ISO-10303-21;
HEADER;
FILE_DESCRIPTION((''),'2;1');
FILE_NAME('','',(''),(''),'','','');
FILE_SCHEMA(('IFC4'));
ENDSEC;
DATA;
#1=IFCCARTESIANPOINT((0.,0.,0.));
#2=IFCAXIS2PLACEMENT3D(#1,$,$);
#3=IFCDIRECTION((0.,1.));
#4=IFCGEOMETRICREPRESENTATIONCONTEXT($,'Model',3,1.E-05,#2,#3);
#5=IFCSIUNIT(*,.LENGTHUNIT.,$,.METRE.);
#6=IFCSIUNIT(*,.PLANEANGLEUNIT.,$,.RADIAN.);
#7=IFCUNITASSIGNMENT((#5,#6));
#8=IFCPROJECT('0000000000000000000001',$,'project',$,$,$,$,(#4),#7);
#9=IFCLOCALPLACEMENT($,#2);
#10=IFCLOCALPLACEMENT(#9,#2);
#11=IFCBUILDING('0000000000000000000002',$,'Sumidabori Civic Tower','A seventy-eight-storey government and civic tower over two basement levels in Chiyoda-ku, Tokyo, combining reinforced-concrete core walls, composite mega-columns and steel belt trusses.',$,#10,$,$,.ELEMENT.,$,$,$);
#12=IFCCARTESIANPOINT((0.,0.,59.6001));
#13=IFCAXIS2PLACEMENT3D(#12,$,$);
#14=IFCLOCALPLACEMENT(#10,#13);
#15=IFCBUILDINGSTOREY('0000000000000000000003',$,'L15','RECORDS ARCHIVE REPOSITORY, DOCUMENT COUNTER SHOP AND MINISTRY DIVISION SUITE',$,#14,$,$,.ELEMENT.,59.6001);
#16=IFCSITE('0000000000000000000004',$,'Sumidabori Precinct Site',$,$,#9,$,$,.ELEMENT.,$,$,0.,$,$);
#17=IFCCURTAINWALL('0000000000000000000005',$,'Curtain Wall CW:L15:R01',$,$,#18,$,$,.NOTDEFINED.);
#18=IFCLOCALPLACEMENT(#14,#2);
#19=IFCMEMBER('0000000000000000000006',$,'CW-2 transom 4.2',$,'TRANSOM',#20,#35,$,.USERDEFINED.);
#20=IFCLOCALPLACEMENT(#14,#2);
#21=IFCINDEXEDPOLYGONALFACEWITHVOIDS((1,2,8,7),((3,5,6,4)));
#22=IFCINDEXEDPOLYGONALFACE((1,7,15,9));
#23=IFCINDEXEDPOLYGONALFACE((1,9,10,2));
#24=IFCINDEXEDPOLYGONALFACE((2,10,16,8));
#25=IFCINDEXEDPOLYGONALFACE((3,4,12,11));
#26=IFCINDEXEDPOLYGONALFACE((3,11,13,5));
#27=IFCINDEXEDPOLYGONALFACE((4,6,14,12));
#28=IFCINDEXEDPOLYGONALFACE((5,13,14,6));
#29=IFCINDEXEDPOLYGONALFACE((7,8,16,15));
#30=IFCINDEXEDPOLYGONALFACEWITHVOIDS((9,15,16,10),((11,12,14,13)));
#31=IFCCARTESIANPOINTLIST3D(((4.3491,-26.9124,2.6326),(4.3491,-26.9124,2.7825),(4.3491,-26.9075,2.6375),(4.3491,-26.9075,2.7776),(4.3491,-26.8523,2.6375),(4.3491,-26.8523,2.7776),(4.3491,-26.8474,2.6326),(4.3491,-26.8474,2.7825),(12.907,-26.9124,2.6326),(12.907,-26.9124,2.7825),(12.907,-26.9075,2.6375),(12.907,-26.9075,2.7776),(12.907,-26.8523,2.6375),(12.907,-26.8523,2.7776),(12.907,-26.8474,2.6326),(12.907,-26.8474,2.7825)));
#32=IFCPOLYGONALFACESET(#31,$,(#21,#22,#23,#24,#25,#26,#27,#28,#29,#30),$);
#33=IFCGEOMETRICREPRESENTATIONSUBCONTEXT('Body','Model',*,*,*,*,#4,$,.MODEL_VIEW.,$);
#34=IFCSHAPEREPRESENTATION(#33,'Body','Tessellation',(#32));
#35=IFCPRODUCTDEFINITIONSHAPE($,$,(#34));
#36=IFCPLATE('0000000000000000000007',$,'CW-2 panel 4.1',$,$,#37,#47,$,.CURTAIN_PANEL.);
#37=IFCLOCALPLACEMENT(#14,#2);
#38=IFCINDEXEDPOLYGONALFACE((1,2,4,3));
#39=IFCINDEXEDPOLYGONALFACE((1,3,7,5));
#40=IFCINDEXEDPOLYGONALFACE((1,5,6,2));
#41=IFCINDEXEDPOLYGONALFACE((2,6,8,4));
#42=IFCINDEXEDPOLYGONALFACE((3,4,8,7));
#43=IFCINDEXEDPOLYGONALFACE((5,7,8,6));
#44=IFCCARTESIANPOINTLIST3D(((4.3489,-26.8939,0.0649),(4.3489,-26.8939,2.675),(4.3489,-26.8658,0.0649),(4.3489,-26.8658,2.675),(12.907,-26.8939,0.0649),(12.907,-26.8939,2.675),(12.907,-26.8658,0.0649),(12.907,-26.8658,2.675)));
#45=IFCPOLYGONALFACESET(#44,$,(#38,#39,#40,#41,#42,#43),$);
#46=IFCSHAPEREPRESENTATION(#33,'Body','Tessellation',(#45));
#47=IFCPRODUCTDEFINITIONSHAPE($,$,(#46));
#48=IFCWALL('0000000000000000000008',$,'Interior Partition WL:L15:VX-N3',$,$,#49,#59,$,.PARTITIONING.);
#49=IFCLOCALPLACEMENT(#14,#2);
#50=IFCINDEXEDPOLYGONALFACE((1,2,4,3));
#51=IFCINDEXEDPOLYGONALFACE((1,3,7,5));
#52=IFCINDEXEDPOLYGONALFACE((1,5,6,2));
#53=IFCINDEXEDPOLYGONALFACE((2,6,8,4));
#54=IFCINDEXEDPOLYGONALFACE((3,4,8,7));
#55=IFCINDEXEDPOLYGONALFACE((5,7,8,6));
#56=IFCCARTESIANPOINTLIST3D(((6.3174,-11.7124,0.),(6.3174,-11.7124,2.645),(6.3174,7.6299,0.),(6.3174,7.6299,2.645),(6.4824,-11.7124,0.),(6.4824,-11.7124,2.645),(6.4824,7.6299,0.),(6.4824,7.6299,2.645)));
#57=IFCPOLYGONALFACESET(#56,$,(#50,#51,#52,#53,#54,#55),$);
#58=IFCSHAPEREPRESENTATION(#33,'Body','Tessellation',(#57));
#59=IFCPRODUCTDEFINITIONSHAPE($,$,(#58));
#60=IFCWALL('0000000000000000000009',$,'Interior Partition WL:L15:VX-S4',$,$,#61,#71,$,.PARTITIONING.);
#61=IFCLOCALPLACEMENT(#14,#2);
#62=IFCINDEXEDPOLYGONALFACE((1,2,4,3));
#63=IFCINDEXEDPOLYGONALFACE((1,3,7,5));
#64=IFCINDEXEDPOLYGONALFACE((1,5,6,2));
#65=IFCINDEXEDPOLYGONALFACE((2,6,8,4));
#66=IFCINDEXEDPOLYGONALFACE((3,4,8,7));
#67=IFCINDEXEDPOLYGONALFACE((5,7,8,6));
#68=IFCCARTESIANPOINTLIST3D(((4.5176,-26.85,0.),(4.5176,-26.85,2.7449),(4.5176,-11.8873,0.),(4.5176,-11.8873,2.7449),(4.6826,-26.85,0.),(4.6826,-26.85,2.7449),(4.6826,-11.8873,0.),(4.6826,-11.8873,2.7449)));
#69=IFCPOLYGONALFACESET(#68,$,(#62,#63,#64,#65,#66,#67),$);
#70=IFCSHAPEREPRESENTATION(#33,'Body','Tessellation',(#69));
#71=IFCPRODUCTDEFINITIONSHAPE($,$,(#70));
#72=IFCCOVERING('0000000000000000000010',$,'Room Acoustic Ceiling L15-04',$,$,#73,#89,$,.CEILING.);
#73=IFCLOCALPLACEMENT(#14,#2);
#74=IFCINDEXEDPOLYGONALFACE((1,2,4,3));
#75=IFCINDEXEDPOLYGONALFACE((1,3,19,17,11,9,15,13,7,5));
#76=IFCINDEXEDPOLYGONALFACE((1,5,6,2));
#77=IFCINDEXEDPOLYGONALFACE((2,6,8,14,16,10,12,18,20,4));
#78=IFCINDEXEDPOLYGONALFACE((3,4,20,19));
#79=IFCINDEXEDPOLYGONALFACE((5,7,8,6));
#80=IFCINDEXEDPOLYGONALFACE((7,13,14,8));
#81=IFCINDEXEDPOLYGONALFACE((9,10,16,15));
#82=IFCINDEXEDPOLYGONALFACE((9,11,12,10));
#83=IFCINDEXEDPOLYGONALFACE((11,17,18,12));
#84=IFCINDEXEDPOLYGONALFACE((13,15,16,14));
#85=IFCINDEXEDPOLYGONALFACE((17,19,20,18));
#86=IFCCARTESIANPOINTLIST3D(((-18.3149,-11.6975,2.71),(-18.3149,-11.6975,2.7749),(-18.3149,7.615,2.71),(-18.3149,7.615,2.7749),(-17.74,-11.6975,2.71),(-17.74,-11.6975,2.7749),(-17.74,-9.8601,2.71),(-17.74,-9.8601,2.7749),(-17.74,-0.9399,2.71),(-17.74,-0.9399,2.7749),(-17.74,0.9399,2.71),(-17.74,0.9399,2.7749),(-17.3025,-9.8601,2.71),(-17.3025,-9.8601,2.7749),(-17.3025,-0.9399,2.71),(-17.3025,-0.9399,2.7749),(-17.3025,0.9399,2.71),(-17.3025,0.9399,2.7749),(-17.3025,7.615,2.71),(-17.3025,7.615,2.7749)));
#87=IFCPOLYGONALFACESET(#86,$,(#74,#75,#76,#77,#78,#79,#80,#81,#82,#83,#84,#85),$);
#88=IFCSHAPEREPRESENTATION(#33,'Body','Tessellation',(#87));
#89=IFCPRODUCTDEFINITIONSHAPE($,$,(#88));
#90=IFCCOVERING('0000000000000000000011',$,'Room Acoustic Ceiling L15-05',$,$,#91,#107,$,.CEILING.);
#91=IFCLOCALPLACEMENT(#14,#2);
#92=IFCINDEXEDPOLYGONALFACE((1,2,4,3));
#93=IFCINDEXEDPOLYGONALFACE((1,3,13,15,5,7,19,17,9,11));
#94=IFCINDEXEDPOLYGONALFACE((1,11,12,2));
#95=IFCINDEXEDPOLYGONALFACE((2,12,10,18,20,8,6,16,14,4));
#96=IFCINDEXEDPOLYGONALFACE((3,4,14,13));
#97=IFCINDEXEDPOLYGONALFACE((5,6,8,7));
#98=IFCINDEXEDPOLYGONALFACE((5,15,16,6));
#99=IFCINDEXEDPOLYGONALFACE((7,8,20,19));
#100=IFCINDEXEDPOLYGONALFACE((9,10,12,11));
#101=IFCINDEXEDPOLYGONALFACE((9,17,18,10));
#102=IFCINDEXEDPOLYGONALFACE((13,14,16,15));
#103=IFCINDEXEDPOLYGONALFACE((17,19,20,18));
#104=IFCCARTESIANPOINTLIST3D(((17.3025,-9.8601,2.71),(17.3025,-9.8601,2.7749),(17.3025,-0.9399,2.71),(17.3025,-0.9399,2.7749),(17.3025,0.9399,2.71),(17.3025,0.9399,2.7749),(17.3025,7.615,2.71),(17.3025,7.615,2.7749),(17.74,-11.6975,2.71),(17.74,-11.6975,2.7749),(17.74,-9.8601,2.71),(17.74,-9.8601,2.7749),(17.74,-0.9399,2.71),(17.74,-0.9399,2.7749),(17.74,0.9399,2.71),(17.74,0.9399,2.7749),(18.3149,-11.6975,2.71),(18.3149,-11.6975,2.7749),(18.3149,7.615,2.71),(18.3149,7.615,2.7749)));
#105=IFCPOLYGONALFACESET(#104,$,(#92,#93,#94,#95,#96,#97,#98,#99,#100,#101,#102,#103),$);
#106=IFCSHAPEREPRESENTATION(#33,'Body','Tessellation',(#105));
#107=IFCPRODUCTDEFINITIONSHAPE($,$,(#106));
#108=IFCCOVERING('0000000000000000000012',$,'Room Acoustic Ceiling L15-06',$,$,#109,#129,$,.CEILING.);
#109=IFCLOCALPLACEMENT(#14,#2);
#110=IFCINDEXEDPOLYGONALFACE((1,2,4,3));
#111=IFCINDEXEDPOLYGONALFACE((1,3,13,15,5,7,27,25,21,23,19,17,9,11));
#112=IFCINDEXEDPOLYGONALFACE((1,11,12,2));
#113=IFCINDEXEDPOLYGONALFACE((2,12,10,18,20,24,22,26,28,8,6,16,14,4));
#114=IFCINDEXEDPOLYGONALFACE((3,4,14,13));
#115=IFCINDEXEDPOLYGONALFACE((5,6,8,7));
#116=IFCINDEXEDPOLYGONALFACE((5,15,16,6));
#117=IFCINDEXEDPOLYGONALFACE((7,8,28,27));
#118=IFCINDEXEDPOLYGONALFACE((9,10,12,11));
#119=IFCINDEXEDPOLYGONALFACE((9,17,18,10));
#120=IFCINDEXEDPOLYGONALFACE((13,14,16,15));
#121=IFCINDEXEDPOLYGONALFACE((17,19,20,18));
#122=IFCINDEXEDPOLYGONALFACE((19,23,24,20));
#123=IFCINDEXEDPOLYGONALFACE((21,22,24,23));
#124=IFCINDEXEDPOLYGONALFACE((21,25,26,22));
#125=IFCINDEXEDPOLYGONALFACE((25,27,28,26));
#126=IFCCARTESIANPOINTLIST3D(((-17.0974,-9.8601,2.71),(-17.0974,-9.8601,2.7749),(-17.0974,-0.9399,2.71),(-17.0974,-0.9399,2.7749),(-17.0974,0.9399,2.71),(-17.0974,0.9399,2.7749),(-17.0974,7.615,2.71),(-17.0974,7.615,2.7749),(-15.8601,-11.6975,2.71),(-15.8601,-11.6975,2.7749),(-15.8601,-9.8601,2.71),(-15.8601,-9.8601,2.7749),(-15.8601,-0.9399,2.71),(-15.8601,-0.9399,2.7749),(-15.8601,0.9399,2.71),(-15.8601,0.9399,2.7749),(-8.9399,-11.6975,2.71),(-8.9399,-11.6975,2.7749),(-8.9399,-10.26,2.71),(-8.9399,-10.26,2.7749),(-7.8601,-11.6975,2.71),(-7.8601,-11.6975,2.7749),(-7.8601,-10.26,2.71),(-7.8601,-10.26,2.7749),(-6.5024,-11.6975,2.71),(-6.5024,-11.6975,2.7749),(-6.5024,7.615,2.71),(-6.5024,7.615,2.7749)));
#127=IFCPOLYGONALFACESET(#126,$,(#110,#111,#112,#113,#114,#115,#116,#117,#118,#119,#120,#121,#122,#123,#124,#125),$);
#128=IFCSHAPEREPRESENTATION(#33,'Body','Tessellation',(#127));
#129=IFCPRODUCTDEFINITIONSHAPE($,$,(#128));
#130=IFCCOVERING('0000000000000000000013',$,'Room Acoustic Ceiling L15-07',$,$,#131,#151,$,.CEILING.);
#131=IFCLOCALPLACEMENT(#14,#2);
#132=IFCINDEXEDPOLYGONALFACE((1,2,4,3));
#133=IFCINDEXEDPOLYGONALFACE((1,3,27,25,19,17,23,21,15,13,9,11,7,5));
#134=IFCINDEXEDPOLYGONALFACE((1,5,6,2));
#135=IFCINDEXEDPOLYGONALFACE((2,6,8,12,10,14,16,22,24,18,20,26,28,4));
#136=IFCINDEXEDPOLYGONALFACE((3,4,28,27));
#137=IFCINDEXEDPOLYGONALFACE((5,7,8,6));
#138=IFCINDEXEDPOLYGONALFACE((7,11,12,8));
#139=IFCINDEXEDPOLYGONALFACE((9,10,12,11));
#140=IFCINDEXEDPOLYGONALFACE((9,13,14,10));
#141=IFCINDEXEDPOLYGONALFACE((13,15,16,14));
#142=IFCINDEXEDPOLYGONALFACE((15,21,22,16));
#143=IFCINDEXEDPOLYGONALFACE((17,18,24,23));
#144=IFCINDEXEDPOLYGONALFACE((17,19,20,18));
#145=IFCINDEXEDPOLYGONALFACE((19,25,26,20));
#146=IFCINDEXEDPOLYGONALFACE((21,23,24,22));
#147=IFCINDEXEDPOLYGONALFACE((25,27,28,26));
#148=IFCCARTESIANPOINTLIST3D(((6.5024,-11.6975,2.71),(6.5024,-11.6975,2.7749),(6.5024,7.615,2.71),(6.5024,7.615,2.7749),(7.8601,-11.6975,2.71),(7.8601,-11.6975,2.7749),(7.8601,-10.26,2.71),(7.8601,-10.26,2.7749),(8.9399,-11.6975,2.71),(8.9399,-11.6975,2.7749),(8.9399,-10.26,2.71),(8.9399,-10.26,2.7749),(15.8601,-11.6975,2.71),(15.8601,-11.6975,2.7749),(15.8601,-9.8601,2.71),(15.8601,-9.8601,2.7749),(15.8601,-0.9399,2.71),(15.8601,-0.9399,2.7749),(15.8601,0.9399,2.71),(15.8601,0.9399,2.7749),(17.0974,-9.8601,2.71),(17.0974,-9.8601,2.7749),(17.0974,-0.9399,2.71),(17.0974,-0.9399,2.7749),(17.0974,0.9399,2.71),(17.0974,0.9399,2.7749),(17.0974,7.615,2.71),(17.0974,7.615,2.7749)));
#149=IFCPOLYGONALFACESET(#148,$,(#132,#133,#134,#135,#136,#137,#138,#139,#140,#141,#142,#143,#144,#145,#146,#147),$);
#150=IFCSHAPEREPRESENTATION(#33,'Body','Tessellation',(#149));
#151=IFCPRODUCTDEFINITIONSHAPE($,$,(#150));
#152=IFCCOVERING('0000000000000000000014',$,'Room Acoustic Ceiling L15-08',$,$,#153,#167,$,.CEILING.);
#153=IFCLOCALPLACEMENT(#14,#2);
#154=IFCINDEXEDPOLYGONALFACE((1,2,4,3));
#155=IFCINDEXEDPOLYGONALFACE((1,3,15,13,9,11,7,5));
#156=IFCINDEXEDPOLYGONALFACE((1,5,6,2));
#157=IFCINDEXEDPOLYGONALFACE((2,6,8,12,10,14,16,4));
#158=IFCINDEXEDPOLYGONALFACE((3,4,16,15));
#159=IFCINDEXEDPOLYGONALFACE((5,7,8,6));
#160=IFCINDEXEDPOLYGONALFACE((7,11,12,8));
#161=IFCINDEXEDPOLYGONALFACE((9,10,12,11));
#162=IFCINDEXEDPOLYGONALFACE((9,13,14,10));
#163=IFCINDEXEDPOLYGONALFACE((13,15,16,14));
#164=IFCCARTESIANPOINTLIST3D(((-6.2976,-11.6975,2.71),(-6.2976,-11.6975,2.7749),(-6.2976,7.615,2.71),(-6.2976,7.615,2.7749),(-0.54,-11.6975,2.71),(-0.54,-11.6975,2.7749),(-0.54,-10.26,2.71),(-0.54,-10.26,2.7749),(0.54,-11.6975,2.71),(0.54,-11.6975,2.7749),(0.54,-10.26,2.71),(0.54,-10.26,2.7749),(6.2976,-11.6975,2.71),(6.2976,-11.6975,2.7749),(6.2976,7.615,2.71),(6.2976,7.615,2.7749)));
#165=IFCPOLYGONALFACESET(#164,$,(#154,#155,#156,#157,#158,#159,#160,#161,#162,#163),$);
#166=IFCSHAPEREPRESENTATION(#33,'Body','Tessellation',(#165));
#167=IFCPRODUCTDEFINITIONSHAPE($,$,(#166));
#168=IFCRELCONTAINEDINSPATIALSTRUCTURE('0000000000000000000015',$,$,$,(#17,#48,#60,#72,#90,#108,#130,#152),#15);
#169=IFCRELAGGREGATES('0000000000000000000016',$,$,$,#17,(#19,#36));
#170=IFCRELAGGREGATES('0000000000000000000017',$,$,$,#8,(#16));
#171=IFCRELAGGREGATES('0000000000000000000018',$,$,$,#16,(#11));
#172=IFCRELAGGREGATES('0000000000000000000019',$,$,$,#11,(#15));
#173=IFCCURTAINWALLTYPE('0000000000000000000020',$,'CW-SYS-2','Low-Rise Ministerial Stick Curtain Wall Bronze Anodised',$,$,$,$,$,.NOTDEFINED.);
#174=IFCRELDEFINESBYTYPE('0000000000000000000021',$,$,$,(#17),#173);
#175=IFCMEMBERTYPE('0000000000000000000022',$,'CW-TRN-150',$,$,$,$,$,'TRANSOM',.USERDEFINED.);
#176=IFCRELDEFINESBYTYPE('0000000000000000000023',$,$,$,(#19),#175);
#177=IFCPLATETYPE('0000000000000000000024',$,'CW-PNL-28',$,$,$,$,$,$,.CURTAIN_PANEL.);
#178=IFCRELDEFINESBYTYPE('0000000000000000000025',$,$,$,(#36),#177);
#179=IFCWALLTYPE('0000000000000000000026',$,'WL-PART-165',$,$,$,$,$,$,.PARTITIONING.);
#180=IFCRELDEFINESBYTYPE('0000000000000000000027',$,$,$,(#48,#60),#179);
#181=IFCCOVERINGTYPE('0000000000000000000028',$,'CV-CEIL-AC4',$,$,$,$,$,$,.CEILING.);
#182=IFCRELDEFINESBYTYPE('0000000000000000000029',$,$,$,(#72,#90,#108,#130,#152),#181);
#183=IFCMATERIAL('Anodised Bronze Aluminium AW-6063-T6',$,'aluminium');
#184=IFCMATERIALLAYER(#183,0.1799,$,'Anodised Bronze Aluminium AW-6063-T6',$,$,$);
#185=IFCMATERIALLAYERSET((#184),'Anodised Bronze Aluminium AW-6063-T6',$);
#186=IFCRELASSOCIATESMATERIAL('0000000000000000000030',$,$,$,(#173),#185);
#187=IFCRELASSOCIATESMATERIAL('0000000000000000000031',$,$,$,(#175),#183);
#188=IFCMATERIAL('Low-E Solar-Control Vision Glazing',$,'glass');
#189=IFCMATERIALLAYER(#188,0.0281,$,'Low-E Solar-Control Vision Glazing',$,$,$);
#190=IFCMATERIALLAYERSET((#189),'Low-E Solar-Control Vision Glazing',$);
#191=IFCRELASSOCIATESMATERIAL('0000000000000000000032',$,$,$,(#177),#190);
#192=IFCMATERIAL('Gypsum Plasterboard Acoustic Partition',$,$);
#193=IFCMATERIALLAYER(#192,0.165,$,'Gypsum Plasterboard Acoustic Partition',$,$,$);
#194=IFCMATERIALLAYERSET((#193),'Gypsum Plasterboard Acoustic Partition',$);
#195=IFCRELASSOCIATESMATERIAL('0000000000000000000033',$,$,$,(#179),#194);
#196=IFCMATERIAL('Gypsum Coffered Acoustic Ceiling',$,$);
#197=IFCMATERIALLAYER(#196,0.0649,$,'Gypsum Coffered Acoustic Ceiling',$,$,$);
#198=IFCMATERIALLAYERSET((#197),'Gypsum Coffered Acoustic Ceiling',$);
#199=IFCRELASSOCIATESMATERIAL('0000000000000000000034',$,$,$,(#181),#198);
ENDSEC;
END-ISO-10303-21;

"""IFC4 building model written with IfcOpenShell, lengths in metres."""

from ifc_helpers import new_model, si_unit, direction, frame, frame_2d, origin, origin_2d, place, context, subcontext, project, spatial, polyline, rectangle, hollow_rectangle, outline, extrude, source, transform, mapped, material, layer, layer_set, material_profile, profile_set, type_object, element, aggregate, save


model = new_model("IFC4")

# Units and contexts
model_context = context("Model", 3, precision=1e-05, world=origin(), true_north=direction((0.0, 1.0)))
body_context = subcontext(model_context, "Body", "Model", "MODEL_VIEW")
ifc_project = project(units=[si_unit("LENGTHUNIT", "METRE"), si_unit("PLANEANGLEUNIT", "RADIAN")], contexts=[model_context])

# Site, building, storey
site_placement = place(None, origin())
site = spatial("IfcSite", under=ifc_project, at=site_placement, Name="Sumidabori Precinct Site", CompositionType="ELEMENT", RefElevation=0.0)
building_placement = place(site_placement, origin())
building = spatial("IfcBuilding", under=site, at=building_placement, Name="Sumidabori Civic Tower", Description="A seventy-eight-storey government and civic tower over two basement levels in Chiyoda-ku, Tokyo, combining reinforced-concrete core walls, composite mega-columns and steel belt trusses.", CompositionType="ELEMENT")
storey_placement = place(building_placement, frame((0.0, 0.0, 59.6001)))
storey = spatial("IfcBuildingStorey", under=building, at=storey_placement, Name="L15", Description="RECORDS ARCHIVE REPOSITORY, DOCUMENT COUNTER SHOP AND MINISTRY DIVISION SUITE", CompositionType="ELEMENT", Elevation=59.6001)

# Curtain wall, member, plate
ifc_material_1 = material(Name="Anodised Bronze Aluminium AW-6063-T6", Category="aluminium")
ifc_layer_1 = layer(ifc_material_1, 0.1799, Name="Anodised Bronze Aluminium AW-6063-T6")
ifc_layer_set_1 = layer_set([ifc_layer_1], Name="Anodised Bronze Aluminium AW-6063-T6")
curtain_wall_type = type_object("IfcCurtainWallType", Name="CW-SYS-2", Description="Low-Rise Ministerial Stick Curtain Wall Bronze Anodised", PredefinedType="NOTDEFINED", material=ifc_layer_set_1)
curtain_wall_placement = place(storey_placement, origin())
curtain_wall = element("IfcCurtainWall", 1, at=curtain_wall_placement, inside=storey, type_object=curtain_wall_type, Name="Curtain Wall CW:L15:R01", PredefinedType="NOTDEFINED")
ifc_material_profile_1 = material_profile(ifc_material_1, hollow_rectangle(XDim=0.0649, YDim=0.1499, WallThickness=0.0049, at=origin_2d()), Name="ALU TRANSOM 150x65")
ifc_profile_set_1 = profile_set([ifc_material_profile_1], Name="Anodised Bronze Aluminium AW-6063-T6")
member_type_1 = type_object("IfcMemberType", Name="CW-TRN-150", ElementType="TRANSOM", PredefinedType="USERDEFINED", material=ifc_profile_set_1)
shared_shape_1 = source(origin(), body_context, "Body", "SweptSolid", [
    extrude(hollow_rectangle(XDim=0.0649, YDim=0.1499, WallThickness=0.0049, at=origin_2d()), origin(), (0.0, 0.0, 1.0), 8.5579),
])
member_1_placement = place(storey_placement, frame((4.3491, -26.8799, 2.7075), z_axis=(1.0, 0.0, 0.0), x_axis=(0.0, 1.0, 0.0)))
member_1 = element("IfcMember", 2, at=member_1_placement, type_object=member_type_1, Name="CW-2 transom 4.2", ObjectType="TRANSOM", PredefinedType="USERDEFINED", context=body_context, shape_type="MappedRepresentation", body=[
    mapped(shared_shape_1, transform((0.0, 0.0, 0.0), x_axis=(1.0, 0.0, 0.0), y_axis=(0.0, 1.0, 0.0), z_axis=(0.0, 0.0, 1.0), scale=1.0)),
])
ifc_material_2 = material(Name="Low-E Solar-Control Vision Glazing", Category="glass")
ifc_layer_2 = layer(ifc_material_2, 0.0281, Name="Low-E Solar-Control Vision Glazing")
ifc_layer_set_2 = layer_set([ifc_layer_2], Name="Low-E Solar-Control Vision Glazing")
plate_type = type_object("IfcPlateType", Name="CW-PNL-28", PredefinedType="CURTAIN_PANEL", material=ifc_layer_set_2)
shared_shape_2 = source(origin(), body_context, "Body", "SweptSolid", [
    extrude(rectangle(XDim=8.5581, YDim=0.0281, at=origin_2d()), origin(), (0.0, 0.0, 1.0), 2.6101),
])
plate_placement = place(storey_placement, frame((8.6279, -26.8799, 0.0649), z_axis=(0.0, 0.0, 1.0), x_axis=(1.0, 0.0, 0.0)))
plate = element("IfcPlate", 3, at=plate_placement, type_object=plate_type, Name="CW-2 panel 4.1", PredefinedType="CURTAIN_PANEL", context=body_context, shape_type="MappedRepresentation", body=[
    mapped(shared_shape_2, transform((0.0, 0.0, 0.0), x_axis=(1.0, 0.0, 0.0), y_axis=(0.0, 1.0, 0.0), z_axis=(0.0, 0.0, 1.0), scale=1.0)),
])
aggregate(curtain_wall, [member_1, plate])

# Walls
ifc_material_3 = material(Name="Gypsum Plasterboard Acoustic Partition")
ifc_layer_3 = layer(ifc_material_3, 0.165, Name="Gypsum Plasterboard Acoustic Partition")
ifc_layer_set_3 = layer_set([ifc_layer_3], Name="Gypsum Plasterboard Acoustic Partition")
wall_type = type_object("IfcWallType", Name="WL-PART-165", PredefinedType="PARTITIONING", material=ifc_layer_set_3)
shared_shape_3 = source(origin(), body_context, "Body", "SweptSolid", [
    extrude(rectangle(XDim=19.3423, YDim=0.165, at=frame_2d((9.6711, 0.0))), origin(), (0.0, 0.0, 1.0), 2.645),
])
wall_1_placement = place(storey_placement, frame((6.3999, -11.7124, 0.0), z_axis=(0.0, 0.0, 1.0), x_axis=(0.0, 1.0, 0.0)))
element("IfcWall", 4, at=wall_1_placement, inside=storey, type_object=wall_type, Name="Interior Partition WL:L15:VX-N3", PredefinedType="PARTITIONING", context=body_context, shape_type="MappedRepresentation", body=[
    mapped(shared_shape_3, transform((0.0, 0.0, 0.0), x_axis=(1.0, 0.0, 0.0), y_axis=(0.0, 1.0, 0.0), z_axis=(0.0, 0.0, 1.0), scale=1.0)),
])
shared_shape_4 = source(origin(), body_context, "Body", "SweptSolid", [
    extrude(rectangle(XDim=14.9626, YDim=0.165, at=frame_2d((7.4814, 0.0))), origin(), (0.0, 0.0, 1.0), 2.7449),
])
wall_2_placement = place(storey_placement, frame((4.6001, -26.8501, 0.0), z_axis=(0.0, 0.0, 1.0), x_axis=(0.0, 1.0, 0.0)))
element("IfcWall", 5, at=wall_2_placement, inside=storey, type_object=wall_type, Name="Interior Partition WL:L15:VX-S4", PredefinedType="PARTITIONING", context=body_context, shape_type="MappedRepresentation", body=[
    mapped(shared_shape_4, transform((0.0, 0.0, 0.0), x_axis=(1.0, 0.0, 0.0), y_axis=(0.0, 1.0, 0.0), z_axis=(0.0, 0.0, 1.0), scale=1.0)),
])

# Coverings
ifc_material_4 = material(Name="Gypsum Coffered Acoustic Ceiling")
ifc_layer_4 = layer(ifc_material_4, 0.0649, Name="Gypsum Coffered Acoustic Ceiling")
ifc_layer_set_4 = layer_set([ifc_layer_4], Name="Gypsum Coffered Acoustic Ceiling")
covering_type_1 = type_object("IfcCoveringType", Name="CV-CEIL-AC4", PredefinedType="CEILING", material=ifc_layer_set_4)
covering_1_placement = place(storey_placement, frame((0.0, 0.0, 2.71)))
element("IfcCovering", 6, at=covering_1_placement, inside=storey, type_object=covering_type_1, Name="Room Acoustic Ceiling L15-04", PredefinedType="CEILING", context=body_context, shape_type="SweptSolid", body=[
    extrude(outline(polyline([(-18.3149, 7.615), (-17.3025, 7.615), (-17.3025, 0.9399), (-17.74, 0.9399), (-17.74, -0.9399), (-17.3025, -0.9399), (-17.3025, -9.8601), (-17.74, -9.8601), (-17.74, -11.6975), (-18.3149, -11.6975), (-18.3149, 7.615)])), origin(), (0.0, 0.0, 1.0), 0.0649),
])
covering_2_placement = place(storey_placement, frame((0.0, 0.0, 2.71)))
element("IfcCovering", 7, at=covering_2_placement, inside=storey, type_object=covering_type_1, Name="Room Acoustic Ceiling L15-05", PredefinedType="CEILING", context=body_context, shape_type="SweptSolid", body=[
    extrude(outline(polyline([(18.3149, 7.615), (18.3149, -11.6975), (17.74, -11.6975), (17.74, -9.8601), (17.3025, -9.8601), (17.3025, -0.9399), (17.74, -0.9399), (17.74, 0.9399), (17.3025, 0.9399), (17.3025, 7.615), (18.3149, 7.615)])), origin(), (0.0, 0.0, 1.0), 0.0649),
])
covering_3_placement = place(storey_placement, frame((0.0, 0.0, 2.71)))
element("IfcCovering", 8, at=covering_3_placement, inside=storey, type_object=covering_type_1, Name="Room Acoustic Ceiling L15-06", PredefinedType="CEILING", context=body_context, shape_type="SweptSolid", body=[
    extrude(outline(polyline([(-6.5024, 7.615), (-6.5024, -11.6975), (-7.8601, -11.6975), (-7.8601, -10.26), (-8.9399, -10.26), (-8.9399, -11.6975), (-15.8601, -11.6975), (-15.8601, -9.8601), (-17.0974, -9.8601), (-17.0974, -0.9399), (-15.8601, -0.9399), (-15.8601, 0.9399), (-17.0974, 0.9399), (-17.0974, 7.615), (-6.5024, 7.615)])), origin(), (0.0, 0.0, 1.0), 0.0649),
])
covering_4_placement = place(storey_placement, frame((0.0, 0.0, 2.71)))
element("IfcCovering", 9, at=covering_4_placement, inside=storey, type_object=covering_type_1, Name="Room Acoustic Ceiling L15-07", PredefinedType="CEILING", context=body_context, shape_type="SweptSolid", body=[
    extrude(outline(polyline([(6.5024, 7.615), (17.0974, 7.615), (17.0974, 0.9399), (15.8601, 0.9399), (15.8601, -0.9399), (17.0974, -0.9399), (17.0974, -9.8601), (15.8601, -9.8601), (15.8601, -11.6975), (8.9399, -11.6975), (8.9399, -10.26), (7.8601, -10.26), (7.8601, -11.6975), (6.5024, -11.6975), (6.5024, 7.615)])), origin(), (0.0, 0.0, 1.0), 0.0649),
])
covering_5_placement = place(storey_placement, frame((0.0, 0.0, 2.71)))
element("IfcCovering", 10, at=covering_5_placement, inside=storey, type_object=covering_type_1, Name="Room Acoustic Ceiling L15-08", PredefinedType="CEILING", context=body_context, shape_type="SweptSolid", body=[
    extrude(outline(polyline([(-6.2976, 7.615), (6.2976, 7.615), (6.2976, -11.6975), (0.54, -11.6975), (0.54, -10.26), (-0.54, -10.26), (-0.54, -11.6975), (-6.2976, -11.6975), (-6.2976, 7.615)])), origin(), (0.0, 0.0, 1.0), 0.0649),
])

save(model, "model.ifc")
